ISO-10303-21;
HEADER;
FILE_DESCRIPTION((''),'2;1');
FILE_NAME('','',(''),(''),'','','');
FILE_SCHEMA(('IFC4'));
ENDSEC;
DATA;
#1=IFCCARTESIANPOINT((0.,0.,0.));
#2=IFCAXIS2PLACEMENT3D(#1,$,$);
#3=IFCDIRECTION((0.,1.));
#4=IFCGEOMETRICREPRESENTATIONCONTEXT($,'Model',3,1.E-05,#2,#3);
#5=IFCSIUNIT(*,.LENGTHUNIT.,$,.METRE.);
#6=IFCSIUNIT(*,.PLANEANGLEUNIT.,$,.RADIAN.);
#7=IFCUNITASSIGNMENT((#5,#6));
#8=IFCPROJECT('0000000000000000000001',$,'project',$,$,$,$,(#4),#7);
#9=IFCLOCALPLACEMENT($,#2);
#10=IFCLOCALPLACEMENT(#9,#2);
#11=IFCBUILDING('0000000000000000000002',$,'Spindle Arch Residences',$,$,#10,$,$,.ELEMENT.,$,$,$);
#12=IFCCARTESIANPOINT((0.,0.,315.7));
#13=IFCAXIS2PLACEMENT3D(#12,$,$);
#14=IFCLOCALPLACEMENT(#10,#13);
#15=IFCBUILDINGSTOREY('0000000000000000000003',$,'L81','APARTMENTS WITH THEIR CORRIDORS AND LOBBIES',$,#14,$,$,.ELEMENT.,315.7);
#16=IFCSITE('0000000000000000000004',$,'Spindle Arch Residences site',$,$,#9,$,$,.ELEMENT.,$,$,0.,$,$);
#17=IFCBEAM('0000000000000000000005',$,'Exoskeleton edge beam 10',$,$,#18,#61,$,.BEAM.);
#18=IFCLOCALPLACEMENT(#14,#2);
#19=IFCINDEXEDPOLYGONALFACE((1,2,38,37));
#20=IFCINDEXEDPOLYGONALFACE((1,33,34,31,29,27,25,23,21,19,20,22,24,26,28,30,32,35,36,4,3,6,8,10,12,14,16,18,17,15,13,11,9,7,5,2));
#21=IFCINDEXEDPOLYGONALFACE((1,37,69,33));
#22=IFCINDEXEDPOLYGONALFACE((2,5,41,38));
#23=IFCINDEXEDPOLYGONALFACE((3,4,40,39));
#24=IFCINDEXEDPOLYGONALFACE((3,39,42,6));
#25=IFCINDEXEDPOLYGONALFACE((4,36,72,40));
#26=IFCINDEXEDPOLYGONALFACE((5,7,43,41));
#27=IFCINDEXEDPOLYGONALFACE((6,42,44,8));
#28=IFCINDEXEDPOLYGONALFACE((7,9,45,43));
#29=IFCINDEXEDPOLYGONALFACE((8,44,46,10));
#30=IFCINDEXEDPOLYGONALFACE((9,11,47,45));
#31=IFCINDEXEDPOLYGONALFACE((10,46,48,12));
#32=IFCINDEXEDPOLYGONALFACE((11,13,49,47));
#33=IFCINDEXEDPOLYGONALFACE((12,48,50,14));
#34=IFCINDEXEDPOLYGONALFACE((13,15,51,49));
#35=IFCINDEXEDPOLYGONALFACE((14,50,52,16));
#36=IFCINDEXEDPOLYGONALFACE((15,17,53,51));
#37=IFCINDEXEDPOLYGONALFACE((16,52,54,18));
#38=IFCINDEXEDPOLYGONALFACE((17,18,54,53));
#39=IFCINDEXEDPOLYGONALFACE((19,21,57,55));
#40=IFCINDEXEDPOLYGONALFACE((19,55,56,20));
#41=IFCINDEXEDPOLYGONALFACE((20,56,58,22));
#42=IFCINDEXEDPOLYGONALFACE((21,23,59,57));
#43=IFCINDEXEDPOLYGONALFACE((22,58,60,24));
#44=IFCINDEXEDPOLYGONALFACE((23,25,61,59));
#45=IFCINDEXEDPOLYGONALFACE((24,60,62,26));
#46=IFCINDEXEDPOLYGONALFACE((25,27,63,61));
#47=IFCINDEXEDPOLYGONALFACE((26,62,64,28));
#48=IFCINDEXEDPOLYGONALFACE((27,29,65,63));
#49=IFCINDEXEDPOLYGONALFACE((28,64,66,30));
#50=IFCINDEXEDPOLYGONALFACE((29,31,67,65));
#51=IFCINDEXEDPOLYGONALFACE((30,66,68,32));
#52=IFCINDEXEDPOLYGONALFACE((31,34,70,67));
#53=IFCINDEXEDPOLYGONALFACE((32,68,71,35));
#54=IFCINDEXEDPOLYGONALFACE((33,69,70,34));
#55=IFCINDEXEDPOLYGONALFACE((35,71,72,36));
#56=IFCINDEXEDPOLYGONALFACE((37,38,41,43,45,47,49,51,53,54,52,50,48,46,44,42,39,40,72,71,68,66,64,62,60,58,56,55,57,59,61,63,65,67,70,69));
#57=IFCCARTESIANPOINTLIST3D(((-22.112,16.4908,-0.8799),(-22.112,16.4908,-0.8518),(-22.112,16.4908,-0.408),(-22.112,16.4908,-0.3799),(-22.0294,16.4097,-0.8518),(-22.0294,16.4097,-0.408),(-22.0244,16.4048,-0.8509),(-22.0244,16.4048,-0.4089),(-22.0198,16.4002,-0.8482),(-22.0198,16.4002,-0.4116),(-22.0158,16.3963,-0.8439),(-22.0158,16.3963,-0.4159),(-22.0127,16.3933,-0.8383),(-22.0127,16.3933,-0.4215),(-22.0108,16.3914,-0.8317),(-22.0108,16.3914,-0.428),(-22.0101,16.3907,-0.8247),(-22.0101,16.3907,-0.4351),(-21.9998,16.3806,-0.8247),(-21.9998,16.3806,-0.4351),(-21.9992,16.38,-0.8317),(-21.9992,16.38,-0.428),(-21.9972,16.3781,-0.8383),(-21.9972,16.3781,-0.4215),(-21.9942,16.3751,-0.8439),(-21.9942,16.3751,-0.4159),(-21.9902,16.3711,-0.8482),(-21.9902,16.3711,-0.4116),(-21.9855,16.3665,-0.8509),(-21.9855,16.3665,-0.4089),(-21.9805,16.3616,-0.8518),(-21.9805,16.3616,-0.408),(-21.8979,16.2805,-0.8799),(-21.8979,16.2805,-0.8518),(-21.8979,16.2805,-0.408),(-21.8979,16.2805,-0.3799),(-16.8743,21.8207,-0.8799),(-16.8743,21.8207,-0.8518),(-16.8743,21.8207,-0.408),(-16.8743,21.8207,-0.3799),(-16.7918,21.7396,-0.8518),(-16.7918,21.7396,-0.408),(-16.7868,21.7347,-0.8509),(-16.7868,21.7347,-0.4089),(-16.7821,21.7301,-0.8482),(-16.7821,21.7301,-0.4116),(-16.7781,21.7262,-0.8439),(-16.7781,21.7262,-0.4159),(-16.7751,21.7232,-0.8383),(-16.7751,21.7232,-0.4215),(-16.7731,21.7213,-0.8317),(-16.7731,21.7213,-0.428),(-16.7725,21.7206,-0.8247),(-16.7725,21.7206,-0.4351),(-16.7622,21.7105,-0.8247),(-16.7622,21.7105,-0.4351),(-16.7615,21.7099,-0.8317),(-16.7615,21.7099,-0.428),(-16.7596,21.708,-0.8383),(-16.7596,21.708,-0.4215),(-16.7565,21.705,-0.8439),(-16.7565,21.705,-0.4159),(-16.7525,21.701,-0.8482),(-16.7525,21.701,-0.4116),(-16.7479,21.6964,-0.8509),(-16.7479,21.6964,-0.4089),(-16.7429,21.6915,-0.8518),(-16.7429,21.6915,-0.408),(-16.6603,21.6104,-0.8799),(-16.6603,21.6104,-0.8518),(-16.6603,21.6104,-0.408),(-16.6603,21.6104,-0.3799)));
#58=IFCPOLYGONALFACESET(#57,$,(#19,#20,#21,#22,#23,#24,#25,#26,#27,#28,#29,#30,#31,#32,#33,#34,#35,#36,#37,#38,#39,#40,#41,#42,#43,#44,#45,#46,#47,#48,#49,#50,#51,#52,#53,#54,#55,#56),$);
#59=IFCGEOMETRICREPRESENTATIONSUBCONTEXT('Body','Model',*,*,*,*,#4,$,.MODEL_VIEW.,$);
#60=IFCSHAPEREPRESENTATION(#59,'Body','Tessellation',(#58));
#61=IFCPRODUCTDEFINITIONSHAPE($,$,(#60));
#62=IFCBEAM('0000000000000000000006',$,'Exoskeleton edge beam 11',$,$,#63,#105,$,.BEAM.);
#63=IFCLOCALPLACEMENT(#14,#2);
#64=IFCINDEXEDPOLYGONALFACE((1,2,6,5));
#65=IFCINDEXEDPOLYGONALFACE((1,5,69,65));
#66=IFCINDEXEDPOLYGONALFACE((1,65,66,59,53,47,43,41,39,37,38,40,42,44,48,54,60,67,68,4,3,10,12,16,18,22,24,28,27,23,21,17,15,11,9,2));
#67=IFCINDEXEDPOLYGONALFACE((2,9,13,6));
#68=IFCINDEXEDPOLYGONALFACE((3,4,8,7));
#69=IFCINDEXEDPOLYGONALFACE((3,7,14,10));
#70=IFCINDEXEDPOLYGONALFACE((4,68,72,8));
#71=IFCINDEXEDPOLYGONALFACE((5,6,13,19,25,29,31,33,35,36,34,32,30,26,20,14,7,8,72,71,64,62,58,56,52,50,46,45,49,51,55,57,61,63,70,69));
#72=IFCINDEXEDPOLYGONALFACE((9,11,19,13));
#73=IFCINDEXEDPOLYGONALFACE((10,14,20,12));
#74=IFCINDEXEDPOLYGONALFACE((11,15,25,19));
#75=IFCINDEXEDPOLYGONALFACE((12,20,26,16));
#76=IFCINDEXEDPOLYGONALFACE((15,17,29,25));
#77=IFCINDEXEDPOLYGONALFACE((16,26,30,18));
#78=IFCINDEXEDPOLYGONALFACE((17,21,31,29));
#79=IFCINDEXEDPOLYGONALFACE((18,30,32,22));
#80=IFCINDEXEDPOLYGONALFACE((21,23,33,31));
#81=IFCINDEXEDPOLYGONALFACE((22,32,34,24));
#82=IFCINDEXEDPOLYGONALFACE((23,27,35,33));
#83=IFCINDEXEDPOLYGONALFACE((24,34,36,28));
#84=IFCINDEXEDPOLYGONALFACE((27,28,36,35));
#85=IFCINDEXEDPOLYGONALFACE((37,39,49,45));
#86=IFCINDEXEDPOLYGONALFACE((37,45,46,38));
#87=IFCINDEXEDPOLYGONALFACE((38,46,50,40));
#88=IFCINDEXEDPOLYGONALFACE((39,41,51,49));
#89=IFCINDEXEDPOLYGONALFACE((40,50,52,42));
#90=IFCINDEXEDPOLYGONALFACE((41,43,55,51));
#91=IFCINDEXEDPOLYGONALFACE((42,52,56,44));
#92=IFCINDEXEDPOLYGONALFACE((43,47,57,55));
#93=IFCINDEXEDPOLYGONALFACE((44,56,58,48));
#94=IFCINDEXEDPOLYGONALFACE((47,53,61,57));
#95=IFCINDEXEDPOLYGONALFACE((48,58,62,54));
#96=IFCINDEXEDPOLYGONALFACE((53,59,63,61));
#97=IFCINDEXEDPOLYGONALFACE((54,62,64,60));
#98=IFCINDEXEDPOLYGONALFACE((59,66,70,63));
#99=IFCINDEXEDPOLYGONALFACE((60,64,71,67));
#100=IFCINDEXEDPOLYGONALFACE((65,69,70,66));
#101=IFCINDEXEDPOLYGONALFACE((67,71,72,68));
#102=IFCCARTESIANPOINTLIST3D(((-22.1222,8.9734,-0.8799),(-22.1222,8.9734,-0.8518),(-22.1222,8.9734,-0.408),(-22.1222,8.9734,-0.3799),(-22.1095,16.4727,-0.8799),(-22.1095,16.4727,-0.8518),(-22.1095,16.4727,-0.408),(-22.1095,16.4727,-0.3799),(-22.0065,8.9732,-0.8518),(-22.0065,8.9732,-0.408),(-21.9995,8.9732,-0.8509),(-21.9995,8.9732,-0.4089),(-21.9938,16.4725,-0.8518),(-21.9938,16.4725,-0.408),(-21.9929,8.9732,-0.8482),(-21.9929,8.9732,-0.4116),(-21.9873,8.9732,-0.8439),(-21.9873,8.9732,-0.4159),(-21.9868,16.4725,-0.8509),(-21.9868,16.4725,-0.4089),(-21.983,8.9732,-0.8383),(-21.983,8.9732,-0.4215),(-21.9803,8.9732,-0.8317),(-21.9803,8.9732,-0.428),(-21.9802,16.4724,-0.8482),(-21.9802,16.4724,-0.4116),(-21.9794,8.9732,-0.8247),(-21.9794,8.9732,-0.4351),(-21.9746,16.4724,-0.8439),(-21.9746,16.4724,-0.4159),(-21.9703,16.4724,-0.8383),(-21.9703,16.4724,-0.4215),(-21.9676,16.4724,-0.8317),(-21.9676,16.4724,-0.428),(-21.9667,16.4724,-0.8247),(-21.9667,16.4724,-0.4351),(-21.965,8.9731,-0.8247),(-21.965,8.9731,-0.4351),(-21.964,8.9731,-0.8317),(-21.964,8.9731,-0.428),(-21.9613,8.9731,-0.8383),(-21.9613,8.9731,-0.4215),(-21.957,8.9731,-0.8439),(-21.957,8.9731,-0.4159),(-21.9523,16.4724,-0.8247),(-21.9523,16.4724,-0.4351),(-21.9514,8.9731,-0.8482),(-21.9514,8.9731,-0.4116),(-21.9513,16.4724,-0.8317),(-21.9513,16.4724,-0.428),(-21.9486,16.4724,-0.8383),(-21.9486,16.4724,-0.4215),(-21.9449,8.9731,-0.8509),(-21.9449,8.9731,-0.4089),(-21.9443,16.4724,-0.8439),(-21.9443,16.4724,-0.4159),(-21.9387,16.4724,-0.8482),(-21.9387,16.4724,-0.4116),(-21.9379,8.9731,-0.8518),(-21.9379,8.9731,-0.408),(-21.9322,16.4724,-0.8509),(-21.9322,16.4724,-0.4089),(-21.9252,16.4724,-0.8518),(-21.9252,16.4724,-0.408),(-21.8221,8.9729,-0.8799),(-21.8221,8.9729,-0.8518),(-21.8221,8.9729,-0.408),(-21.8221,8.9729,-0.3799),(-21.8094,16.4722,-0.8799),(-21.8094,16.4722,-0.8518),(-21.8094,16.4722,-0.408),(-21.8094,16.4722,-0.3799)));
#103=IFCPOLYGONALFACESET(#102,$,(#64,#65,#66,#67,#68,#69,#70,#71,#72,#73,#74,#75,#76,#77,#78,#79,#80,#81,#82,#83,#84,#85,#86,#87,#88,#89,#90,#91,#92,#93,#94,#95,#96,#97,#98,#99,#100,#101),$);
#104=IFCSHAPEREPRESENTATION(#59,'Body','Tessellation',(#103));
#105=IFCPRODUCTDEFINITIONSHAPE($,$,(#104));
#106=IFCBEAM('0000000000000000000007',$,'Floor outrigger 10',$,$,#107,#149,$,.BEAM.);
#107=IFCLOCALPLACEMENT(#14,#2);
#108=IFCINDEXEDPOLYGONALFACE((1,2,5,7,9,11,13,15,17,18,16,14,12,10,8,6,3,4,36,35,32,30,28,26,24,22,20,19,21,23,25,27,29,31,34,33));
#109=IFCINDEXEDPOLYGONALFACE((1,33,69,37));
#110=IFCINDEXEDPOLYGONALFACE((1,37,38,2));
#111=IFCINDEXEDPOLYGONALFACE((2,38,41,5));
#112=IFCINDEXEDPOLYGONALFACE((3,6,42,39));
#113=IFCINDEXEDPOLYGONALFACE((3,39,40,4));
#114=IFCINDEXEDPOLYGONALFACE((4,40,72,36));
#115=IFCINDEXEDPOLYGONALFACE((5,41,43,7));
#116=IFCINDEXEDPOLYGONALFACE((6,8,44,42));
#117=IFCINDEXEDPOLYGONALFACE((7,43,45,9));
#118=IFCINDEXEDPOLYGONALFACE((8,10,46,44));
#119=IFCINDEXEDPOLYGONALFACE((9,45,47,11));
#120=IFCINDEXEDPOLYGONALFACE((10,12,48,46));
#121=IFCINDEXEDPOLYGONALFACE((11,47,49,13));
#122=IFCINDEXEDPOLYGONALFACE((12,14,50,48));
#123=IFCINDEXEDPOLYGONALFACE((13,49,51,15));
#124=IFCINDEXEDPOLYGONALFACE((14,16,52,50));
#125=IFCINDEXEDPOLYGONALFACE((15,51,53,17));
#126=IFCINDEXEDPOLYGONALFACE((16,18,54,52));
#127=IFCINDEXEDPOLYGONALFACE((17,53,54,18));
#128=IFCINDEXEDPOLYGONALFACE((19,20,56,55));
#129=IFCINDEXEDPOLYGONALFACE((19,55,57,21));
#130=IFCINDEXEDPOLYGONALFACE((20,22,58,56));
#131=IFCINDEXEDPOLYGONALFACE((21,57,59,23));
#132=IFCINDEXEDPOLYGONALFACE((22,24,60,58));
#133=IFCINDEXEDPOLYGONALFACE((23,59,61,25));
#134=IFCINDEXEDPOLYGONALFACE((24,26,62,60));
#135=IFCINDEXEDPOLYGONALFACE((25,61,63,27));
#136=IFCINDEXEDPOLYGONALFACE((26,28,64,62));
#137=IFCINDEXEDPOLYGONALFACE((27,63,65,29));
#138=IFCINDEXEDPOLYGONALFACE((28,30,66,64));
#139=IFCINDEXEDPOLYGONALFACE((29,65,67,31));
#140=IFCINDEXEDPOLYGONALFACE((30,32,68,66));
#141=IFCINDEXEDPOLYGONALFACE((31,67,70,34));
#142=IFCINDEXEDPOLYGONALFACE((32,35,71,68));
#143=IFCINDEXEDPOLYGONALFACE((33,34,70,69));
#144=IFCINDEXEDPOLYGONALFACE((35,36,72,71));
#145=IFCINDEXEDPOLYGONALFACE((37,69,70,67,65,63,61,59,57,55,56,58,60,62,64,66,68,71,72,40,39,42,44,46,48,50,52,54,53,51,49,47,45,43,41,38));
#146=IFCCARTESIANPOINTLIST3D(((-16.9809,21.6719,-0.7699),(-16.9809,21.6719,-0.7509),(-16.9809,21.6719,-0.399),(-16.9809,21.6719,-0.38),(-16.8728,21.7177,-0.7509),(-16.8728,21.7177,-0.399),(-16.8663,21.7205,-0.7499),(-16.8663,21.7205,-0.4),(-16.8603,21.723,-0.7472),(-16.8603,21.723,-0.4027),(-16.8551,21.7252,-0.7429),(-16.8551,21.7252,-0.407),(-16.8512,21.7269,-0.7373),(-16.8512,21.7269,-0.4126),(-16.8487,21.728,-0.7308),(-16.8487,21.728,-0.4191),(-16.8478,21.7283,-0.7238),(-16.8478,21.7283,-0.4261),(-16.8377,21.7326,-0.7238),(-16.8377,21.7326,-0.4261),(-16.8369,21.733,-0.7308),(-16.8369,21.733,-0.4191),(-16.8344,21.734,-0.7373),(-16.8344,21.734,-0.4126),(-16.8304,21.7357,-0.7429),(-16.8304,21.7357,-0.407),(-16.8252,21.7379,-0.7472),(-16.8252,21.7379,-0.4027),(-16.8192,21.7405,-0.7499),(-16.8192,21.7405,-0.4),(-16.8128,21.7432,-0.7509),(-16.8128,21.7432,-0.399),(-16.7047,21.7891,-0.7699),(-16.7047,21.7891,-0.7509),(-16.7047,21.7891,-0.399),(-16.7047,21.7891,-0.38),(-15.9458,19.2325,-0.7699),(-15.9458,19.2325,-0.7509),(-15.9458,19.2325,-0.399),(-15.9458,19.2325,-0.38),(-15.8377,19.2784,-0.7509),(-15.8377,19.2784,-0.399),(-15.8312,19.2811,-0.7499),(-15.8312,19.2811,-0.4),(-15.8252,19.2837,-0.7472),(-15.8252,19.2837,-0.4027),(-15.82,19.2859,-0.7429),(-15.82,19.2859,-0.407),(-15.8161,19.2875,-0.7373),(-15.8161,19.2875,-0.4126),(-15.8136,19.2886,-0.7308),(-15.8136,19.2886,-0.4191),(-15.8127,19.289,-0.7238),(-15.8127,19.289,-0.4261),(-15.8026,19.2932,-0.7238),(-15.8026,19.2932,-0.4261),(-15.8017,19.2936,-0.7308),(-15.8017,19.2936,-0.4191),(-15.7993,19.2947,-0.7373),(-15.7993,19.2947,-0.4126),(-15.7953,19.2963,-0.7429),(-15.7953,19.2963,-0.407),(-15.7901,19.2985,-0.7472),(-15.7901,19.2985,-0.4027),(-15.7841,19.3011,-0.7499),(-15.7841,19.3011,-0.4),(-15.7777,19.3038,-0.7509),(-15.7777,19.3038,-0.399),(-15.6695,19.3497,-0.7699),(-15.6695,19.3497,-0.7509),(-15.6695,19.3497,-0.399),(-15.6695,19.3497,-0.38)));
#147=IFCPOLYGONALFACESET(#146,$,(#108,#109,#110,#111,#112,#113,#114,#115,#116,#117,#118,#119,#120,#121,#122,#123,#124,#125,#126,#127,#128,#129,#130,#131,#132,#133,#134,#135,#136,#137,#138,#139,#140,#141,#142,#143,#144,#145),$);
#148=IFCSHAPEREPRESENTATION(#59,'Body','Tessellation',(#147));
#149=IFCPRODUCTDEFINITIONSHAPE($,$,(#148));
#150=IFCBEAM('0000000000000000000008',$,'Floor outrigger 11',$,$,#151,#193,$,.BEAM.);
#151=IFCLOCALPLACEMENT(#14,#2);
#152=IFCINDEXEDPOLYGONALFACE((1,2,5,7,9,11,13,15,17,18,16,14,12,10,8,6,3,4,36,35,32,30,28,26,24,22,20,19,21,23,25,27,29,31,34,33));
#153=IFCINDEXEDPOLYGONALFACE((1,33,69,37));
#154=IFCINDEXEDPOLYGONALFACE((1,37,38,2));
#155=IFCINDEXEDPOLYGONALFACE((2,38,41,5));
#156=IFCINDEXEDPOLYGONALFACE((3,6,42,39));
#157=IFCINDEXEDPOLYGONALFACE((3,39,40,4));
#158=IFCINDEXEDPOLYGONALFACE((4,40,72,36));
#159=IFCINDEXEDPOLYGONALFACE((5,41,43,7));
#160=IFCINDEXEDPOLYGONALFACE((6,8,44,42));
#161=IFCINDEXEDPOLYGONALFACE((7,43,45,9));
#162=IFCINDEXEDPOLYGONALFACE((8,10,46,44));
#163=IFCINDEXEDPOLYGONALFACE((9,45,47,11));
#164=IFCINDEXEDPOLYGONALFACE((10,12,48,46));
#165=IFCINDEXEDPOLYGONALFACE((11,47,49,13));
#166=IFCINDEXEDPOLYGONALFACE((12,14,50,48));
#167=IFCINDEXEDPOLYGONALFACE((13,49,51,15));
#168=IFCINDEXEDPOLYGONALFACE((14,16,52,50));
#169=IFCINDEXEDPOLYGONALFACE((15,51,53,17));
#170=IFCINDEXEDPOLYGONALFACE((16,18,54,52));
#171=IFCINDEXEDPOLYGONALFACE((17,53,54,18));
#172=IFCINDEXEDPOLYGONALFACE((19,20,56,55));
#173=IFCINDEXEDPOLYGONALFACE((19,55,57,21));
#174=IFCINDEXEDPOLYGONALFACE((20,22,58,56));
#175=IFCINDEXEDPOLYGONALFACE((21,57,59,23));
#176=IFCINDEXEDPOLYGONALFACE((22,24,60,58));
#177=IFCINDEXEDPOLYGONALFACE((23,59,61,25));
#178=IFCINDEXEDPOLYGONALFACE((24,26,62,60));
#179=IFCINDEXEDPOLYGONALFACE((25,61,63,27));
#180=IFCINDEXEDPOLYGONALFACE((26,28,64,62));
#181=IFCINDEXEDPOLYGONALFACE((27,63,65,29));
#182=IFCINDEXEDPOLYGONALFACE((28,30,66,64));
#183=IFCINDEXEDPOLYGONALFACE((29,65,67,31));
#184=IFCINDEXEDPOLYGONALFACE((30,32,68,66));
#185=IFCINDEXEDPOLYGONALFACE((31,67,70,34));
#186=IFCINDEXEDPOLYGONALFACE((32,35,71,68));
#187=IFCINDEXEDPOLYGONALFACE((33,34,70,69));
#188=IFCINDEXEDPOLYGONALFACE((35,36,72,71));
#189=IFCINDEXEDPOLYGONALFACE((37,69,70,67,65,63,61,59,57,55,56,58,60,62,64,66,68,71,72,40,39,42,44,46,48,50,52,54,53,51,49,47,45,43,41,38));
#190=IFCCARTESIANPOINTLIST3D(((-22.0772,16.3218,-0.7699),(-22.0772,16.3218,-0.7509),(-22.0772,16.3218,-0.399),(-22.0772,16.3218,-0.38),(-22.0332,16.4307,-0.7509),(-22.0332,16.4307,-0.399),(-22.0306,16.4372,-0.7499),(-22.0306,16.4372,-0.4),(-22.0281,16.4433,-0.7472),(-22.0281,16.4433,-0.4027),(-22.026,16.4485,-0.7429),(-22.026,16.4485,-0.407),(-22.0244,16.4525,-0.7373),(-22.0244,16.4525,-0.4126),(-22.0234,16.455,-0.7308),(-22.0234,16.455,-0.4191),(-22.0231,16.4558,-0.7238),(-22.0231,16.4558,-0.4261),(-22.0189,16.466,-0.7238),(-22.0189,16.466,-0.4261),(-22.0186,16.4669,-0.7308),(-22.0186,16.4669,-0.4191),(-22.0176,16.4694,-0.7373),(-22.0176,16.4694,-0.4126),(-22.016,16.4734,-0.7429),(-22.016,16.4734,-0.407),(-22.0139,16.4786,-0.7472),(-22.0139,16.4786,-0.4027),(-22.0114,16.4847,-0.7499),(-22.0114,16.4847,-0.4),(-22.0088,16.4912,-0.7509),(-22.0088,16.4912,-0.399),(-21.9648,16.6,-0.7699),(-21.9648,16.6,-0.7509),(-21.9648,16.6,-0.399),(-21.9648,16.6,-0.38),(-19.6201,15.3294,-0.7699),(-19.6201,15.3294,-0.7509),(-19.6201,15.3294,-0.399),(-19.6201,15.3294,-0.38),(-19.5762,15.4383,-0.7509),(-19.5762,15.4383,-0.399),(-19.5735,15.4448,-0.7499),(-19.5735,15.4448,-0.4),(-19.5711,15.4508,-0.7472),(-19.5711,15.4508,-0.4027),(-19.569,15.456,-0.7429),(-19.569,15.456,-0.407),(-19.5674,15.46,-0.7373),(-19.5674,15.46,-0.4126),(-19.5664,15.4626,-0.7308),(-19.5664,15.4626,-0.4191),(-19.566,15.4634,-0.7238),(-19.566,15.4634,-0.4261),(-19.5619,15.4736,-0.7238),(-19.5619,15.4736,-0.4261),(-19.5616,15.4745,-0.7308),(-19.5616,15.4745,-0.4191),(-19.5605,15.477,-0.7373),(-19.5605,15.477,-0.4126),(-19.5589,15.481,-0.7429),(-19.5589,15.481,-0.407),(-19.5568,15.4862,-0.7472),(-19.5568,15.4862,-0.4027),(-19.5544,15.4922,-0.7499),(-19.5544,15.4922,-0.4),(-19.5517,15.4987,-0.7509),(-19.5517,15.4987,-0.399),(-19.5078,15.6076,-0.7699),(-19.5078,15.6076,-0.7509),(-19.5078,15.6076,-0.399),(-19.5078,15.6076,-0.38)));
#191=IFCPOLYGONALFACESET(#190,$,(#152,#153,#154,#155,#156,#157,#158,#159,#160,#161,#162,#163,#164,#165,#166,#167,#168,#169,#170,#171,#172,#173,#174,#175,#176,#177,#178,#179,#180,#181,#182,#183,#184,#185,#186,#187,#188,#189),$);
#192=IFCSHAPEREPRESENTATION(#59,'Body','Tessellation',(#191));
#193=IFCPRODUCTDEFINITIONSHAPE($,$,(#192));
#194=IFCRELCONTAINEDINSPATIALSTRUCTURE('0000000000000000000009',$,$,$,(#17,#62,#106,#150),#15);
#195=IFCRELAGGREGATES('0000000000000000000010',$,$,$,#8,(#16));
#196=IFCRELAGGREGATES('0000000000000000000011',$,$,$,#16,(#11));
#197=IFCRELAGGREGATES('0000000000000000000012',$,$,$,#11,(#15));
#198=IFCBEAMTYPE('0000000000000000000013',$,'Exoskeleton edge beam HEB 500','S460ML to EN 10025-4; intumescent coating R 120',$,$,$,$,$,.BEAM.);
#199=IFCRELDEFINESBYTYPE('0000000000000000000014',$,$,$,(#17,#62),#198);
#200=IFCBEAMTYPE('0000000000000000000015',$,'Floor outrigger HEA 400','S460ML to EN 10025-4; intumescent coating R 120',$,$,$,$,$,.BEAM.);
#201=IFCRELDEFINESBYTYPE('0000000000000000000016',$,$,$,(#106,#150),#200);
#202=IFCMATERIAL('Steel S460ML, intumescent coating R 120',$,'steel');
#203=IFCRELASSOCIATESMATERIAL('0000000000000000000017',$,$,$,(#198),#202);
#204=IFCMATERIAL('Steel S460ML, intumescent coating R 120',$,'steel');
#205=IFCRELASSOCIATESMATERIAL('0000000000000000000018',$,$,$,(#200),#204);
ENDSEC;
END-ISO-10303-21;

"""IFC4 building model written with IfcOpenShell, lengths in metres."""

from ifc_helpers import new_model, si_unit, direction, frame, origin, origin_2d, place, context, subcontext, project, spatial, i_section, extrude, material, material_profile, profile_set, type_object, element, save


model = new_model("IFC4")

# Units and contexts
model_context = context("Model", 3, precision=1e-05, world=origin(), true_north=direction((0.0, 1.0)))
body_context = subcontext(model_context, "Body", "Model", "MODEL_VIEW")
ifc_project = project(units=[si_unit("LENGTHUNIT", "METRE"), si_unit("PLANEANGLEUNIT", "RADIAN")], contexts=[model_context])

# Site, building, storey
site_placement = place(None, origin())
site = spatial("IfcSite", under=ifc_project, at=site_placement, Name="Spindle Arch Residences site", CompositionType="ELEMENT", RefElevation=0.0)
building_placement = place(site_placement, origin())
building = spatial("IfcBuilding", under=site, at=building_placement, Name="Spindle Arch Residences", CompositionType="ELEMENT")
storey_placement = place(building_placement, frame((0.0, 0.0, 315.7)))
storey = spatial("IfcBuildingStorey", under=building, at=storey_placement, Name="L81", Description="APARTMENTS WITH THEIR CORRIDORS AND LOBBIES", CompositionType="ELEMENT", Elevation=315.7)

# Beams
ifc_material_1 = material(Name="Steel S460ML, intumescent coating R 120", Category="steel")
ifc_material_profile_1 = material_profile(ifc_material_1, i_section(OverallWidth=0.3, OverallDepth=0.5, WebThickness=0.0144, FlangeThickness=0.0281, FilletRadius=0.0271, at=origin_2d()), Name="HEB 500")
ifc_profile_set_1 = profile_set([ifc_material_profile_1], Name="Steel S460ML, intumescent coating R 120")
beam_type_1 = type_object("IfcBeamType", Name="Exoskeleton edge beam HEB 500", Description="S460ML to EN 10025-4; intumescent coating R 120", PredefinedType="BEAM", material=ifc_profile_set_1)
beam_1_placement = place(storey_placement, frame((-16.7673, 21.7156, -0.6299), z_axis=(-0.700905, -0.713255, 0.0), x_axis=(0.713255, -0.700905, 0.0)))
element("IfcBeam", 1, at=beam_1_placement, inside=storey, type_object=beam_type_1, Name="Exoskeleton edge beam 10", PredefinedType="BEAM", context=body_context, shape_type="SweptSolid", body=[
    extrude(i_section(OverallWidth=0.3, OverallDepth=0.5, WebThickness=0.0144, FlangeThickness=0.0281, FilletRadius=0.0271, at=origin_2d()), origin(), (0.0, 0.0, 1.0), 7.4727),
])
beam_2_placement = place(storey_placement, frame((-21.9595, 16.4724, -0.6299), z_axis=(-0.001693, -0.999999, 0.0), x_axis=(0.999999, -0.001693, 0.0)))
element("IfcBeam", 2, at=beam_2_placement, inside=storey, type_object=beam_type_1, Name="Exoskeleton edge beam 11", PredefinedType="BEAM", context=body_context, shape_type="SweptSolid", body=[
    extrude(i_section(OverallWidth=0.3, OverallDepth=0.5, WebThickness=0.0144, FlangeThickness=0.0281, FilletRadius=0.0271, at=origin_2d()), origin(), (0.0, 0.0, 1.0), 7.4993),
])
ifc_material_2 = material(Name="Steel S460ML, intumescent coating R 120", Category="steel")
ifc_material_profile_2 = material_profile(ifc_material_2, i_section(OverallWidth=0.3, OverallDepth=0.3899, WebThickness=0.011, FlangeThickness=0.019, FilletRadius=0.0271, at=origin_2d()), Name="HEA 400")
ifc_profile_set_2 = profile_set([ifc_material_profile_2], Name="Steel S460ML, intumescent coating R 120")
beam_type_2 = type_object("IfcBeamType", Name="Floor outrigger HEA 400", Description="S460ML to EN 10025-4; intumescent coating R 120", PredefinedType="BEAM", material=ifc_profile_set_2)
for number, where, z_axis, x_axis, name in (
    (3, (-16.8428, 21.7305, -0.575), (0.390626, -0.92055, 0.0), (0.92055, 0.390626, 0.0), "Floor outrigger 10"),
    (4, (-22.021, 16.4609, -0.575), (0.92722, -0.374518, 0.0), (0.374518, 0.92722, 0.0), "Floor outrigger 11"),
):
    element("IfcBeam", number, at=place(storey_placement, frame(where, z_axis=z_axis, x_axis=x_axis)), inside=storey, type_object=beam_type_2, Name=name, PredefinedType="BEAM", context=body_context, shape_type="SweptSolid", body=[
        extrude(i_section(OverallWidth=0.3, OverallDepth=0.3899, WebThickness=0.011, FlangeThickness=0.019, FilletRadius=0.0271, at=origin_2d()), origin(), (0.0, 0.0, 1.0), 2.6499),
    ])

save(model, "model.ifc")
